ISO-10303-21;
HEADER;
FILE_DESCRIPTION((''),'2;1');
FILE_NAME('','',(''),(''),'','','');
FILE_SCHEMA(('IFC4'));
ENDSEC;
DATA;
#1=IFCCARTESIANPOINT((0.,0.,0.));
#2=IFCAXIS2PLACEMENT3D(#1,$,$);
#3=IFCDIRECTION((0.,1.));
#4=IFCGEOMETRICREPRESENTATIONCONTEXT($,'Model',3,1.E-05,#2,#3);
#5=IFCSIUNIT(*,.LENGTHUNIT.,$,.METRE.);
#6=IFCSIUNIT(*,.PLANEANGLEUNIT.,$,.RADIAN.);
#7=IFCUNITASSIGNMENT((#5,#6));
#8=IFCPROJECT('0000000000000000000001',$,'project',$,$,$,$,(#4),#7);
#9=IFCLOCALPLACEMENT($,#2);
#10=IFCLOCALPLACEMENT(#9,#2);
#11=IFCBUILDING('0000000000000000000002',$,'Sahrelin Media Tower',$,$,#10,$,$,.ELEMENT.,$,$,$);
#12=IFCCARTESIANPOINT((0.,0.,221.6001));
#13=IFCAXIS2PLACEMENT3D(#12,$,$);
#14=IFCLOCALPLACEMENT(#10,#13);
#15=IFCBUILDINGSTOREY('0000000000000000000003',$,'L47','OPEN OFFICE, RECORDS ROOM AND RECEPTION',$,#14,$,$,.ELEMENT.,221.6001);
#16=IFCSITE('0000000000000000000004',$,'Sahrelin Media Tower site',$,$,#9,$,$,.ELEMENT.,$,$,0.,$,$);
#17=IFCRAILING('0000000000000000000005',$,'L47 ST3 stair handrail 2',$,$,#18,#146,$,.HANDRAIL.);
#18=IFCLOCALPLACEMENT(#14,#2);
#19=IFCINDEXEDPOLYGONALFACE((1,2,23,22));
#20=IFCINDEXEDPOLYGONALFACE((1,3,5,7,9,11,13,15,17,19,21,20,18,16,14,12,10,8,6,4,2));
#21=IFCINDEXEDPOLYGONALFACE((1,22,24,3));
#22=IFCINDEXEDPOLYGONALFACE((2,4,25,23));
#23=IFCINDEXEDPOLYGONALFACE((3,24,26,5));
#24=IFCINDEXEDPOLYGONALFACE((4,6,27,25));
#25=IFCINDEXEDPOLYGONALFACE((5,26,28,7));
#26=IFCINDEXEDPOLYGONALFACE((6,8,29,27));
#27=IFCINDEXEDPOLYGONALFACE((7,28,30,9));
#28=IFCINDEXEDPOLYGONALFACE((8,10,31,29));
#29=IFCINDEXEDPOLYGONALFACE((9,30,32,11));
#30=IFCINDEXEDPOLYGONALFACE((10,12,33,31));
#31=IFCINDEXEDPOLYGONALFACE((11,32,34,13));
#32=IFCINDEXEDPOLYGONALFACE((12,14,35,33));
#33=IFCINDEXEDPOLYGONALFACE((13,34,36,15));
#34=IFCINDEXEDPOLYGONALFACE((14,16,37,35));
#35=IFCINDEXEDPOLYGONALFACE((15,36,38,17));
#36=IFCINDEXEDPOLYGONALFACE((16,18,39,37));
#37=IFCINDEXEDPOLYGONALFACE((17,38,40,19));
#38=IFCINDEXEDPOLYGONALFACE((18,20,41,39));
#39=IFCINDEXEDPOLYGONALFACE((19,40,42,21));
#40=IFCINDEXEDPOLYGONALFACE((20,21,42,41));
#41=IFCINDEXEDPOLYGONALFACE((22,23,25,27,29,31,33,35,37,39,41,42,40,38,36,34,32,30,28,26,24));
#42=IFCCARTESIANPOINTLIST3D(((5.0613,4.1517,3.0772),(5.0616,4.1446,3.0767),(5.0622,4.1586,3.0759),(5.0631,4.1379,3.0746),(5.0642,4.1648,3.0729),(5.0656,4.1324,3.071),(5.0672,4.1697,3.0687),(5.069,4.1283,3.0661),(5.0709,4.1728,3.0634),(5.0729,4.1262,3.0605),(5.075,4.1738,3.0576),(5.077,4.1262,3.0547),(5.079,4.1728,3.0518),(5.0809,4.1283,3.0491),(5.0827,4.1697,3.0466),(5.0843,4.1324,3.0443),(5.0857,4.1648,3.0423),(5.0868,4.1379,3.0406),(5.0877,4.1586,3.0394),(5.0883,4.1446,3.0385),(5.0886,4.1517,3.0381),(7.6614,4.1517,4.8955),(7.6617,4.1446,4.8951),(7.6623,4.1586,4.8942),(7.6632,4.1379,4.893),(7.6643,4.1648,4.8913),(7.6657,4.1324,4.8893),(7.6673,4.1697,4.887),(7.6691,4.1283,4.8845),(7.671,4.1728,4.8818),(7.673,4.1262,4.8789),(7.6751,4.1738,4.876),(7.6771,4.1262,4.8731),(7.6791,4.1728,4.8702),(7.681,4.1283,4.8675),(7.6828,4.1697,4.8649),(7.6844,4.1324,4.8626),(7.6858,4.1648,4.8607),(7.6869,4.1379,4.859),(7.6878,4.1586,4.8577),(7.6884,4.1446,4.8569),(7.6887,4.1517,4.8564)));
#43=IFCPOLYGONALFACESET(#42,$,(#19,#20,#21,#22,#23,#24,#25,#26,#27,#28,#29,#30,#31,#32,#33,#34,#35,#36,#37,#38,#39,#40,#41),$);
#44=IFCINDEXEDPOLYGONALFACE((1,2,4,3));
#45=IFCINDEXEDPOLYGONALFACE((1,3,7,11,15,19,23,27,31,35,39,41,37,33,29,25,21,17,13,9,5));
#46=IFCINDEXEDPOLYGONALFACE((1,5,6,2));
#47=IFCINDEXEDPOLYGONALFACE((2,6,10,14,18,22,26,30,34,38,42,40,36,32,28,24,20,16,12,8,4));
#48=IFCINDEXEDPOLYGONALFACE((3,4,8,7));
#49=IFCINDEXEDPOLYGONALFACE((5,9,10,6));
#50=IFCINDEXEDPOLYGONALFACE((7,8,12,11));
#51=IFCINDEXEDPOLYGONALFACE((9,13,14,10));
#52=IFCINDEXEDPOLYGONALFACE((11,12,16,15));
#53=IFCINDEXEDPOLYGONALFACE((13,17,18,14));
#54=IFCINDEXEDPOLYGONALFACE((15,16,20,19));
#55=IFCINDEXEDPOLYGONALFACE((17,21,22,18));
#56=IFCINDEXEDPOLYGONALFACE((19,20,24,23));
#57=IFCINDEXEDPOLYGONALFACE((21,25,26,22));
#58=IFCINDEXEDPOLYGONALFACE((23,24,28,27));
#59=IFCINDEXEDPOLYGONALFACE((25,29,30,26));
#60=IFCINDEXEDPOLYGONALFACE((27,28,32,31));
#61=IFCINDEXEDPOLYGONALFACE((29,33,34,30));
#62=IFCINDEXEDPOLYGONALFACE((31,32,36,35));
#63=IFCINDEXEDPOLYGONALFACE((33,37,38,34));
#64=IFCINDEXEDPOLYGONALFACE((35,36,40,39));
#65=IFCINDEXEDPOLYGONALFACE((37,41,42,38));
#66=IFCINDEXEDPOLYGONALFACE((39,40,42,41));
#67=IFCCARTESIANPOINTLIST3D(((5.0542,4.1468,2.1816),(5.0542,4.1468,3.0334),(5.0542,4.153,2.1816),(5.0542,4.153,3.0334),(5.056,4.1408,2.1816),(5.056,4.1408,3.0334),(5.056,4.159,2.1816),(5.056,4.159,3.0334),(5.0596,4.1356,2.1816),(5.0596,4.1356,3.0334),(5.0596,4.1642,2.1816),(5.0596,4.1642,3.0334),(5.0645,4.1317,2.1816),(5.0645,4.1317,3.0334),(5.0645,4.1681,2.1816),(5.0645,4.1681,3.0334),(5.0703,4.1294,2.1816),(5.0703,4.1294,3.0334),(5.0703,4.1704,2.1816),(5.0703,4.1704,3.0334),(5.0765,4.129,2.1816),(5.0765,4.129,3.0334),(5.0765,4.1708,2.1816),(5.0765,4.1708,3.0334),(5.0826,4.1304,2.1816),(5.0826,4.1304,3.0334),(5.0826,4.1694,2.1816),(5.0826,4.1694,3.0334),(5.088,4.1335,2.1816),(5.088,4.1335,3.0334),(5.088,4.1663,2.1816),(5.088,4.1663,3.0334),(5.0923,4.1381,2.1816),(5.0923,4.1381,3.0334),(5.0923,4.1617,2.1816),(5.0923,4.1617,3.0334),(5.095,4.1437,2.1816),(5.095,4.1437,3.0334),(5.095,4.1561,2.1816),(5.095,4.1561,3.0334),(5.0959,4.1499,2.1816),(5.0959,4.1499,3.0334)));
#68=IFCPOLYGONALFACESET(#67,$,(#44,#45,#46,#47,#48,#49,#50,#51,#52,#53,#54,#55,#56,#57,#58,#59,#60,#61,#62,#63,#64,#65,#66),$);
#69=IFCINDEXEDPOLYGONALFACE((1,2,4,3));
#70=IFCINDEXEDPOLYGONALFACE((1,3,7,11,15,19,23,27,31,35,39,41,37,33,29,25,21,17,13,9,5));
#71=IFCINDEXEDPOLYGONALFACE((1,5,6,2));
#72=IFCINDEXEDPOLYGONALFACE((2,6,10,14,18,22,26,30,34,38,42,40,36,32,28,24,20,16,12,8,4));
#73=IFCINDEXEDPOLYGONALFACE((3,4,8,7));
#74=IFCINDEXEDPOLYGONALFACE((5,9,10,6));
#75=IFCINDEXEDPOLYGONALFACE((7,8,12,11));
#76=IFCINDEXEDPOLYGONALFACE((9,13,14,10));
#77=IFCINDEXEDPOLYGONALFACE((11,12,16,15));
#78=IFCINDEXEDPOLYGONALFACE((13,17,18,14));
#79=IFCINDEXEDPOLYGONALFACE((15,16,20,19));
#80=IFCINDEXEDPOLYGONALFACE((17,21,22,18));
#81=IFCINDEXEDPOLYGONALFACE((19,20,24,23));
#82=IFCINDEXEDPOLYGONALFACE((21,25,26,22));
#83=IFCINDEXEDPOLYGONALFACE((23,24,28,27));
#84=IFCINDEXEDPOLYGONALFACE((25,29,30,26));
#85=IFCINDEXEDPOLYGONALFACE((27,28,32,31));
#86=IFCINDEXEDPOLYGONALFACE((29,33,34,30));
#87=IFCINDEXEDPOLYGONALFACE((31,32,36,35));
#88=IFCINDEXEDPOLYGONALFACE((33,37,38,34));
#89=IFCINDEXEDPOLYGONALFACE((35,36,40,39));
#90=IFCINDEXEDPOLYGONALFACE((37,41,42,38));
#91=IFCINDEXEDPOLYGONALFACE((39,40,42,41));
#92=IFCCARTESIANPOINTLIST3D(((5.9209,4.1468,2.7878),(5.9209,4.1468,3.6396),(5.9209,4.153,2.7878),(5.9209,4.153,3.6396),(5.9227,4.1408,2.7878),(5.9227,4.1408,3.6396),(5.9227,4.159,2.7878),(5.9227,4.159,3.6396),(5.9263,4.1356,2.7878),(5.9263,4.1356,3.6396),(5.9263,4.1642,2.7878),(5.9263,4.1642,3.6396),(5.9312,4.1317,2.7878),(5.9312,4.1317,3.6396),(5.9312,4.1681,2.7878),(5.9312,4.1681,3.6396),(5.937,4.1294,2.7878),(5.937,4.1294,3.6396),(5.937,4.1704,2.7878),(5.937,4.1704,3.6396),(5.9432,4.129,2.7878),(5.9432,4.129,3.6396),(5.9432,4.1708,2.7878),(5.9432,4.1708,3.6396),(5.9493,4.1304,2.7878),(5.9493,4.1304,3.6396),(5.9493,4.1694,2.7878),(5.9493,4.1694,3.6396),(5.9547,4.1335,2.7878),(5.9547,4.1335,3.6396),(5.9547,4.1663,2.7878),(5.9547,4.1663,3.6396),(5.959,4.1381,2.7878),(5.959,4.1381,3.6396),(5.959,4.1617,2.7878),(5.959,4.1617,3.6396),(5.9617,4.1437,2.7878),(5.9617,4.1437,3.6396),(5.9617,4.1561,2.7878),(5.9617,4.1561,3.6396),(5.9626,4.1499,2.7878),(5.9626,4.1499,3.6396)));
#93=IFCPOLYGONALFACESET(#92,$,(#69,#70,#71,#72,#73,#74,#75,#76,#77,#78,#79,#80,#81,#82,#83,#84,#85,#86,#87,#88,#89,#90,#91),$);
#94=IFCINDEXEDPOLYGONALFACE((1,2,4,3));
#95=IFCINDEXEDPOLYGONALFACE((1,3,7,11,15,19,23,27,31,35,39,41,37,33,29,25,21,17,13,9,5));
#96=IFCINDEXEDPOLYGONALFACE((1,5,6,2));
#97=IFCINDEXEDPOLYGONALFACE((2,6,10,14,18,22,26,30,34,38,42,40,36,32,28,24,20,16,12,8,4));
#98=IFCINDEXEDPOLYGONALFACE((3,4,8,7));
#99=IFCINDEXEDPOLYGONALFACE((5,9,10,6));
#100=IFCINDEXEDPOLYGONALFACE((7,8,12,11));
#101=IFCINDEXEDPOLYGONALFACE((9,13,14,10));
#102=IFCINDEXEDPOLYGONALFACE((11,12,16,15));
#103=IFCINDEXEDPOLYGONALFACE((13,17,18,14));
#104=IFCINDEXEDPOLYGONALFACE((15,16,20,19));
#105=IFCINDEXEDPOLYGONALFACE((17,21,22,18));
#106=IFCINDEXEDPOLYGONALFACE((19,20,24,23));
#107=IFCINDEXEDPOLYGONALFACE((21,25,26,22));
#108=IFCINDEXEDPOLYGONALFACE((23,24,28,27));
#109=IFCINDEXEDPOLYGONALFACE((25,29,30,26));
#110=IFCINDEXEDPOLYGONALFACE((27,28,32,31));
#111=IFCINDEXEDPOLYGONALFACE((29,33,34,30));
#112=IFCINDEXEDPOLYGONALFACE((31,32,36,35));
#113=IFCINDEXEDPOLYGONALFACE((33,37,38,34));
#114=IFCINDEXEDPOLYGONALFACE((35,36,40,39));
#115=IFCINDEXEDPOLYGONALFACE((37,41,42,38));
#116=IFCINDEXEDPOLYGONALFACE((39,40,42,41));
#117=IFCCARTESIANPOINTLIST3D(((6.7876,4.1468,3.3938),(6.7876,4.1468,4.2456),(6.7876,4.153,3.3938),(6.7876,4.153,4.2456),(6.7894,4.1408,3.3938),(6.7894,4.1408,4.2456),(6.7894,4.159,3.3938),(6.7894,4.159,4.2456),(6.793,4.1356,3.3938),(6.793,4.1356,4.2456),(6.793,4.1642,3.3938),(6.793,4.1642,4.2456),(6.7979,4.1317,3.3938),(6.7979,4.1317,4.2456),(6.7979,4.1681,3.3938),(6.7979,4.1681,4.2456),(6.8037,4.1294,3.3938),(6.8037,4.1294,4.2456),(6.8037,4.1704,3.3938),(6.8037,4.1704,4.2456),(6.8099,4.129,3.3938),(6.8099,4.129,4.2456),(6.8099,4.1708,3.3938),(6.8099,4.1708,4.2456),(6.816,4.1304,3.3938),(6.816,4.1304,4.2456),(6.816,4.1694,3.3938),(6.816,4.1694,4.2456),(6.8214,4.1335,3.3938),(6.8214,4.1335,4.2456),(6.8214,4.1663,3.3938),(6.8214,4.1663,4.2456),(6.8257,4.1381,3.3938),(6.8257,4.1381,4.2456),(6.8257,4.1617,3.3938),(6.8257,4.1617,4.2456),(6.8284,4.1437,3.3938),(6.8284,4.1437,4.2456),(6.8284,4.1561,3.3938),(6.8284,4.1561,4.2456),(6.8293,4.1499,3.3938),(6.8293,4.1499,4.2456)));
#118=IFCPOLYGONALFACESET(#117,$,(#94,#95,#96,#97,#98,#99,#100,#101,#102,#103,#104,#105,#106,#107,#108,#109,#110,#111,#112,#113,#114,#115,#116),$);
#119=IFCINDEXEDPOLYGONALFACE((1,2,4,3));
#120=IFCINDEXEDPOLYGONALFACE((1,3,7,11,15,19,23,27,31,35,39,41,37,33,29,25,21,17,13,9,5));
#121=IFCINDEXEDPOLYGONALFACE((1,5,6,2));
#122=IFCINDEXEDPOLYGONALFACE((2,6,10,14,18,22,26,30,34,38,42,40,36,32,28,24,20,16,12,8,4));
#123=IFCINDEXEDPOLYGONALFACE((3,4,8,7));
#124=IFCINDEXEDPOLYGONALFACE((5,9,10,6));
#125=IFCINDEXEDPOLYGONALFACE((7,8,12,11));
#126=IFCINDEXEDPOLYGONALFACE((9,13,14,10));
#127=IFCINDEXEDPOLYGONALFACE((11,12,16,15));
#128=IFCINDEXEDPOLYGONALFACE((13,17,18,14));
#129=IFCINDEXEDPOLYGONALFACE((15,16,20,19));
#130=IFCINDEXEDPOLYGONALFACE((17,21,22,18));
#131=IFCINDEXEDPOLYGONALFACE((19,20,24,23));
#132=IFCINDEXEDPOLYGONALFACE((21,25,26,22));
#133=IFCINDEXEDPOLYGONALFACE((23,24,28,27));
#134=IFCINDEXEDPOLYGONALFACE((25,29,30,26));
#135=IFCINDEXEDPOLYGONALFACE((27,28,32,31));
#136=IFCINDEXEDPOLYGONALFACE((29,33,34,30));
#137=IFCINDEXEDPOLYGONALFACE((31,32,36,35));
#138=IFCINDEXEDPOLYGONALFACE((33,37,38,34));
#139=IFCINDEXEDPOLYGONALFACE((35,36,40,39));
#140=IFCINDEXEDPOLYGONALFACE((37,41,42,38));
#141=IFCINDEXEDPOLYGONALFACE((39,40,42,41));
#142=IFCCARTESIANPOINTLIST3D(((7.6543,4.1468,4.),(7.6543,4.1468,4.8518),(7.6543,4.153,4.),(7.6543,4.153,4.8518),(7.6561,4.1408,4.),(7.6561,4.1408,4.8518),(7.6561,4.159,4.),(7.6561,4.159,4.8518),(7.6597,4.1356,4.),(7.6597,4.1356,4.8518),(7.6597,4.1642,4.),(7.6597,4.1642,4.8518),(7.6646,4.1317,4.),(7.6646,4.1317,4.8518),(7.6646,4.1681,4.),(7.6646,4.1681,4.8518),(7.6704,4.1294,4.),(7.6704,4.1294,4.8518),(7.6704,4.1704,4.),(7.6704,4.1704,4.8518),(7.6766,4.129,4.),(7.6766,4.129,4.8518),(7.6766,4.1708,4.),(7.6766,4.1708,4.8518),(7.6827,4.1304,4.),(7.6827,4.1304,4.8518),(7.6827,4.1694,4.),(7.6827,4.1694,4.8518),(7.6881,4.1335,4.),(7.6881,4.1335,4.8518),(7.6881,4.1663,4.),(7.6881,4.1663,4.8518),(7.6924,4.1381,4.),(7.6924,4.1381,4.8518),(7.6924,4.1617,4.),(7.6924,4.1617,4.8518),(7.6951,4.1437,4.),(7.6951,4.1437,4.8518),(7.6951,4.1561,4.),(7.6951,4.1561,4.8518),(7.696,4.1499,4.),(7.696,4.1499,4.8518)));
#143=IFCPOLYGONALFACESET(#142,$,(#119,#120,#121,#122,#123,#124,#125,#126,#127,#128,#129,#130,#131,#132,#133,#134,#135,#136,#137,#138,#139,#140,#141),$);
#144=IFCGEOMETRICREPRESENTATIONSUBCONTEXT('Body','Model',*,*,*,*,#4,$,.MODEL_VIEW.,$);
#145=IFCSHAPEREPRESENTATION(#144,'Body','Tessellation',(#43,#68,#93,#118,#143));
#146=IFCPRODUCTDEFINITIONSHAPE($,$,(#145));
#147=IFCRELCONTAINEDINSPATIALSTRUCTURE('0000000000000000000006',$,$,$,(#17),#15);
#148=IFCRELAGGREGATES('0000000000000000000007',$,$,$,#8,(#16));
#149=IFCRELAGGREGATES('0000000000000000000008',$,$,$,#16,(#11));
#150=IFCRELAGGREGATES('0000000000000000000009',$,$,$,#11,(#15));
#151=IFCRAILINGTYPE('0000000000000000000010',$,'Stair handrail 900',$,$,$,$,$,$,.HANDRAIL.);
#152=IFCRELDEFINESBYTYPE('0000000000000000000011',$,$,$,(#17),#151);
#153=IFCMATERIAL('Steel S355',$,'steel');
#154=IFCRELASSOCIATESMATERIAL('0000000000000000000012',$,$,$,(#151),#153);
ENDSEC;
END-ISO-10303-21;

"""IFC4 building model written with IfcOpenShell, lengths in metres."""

from ifc_helpers import new_model, si_unit, direction, frame, origin, origin_2d, place, context, subcontext, project, spatial, circle, extrude, material, type_object, element, save


model = new_model("IFC4")

# Units and contexts
model_context = context("Model", 3, precision=1e-05, world=origin(), true_north=direction((0.0, 1.0)))
body_context = subcontext(model_context, "Body", "Model", "MODEL_VIEW")
ifc_project = project(units=[si_unit("LENGTHUNIT", "METRE"), si_unit("PLANEANGLEUNIT", "RADIAN")], contexts=[model_context])

# Site, building, storey
site_placement = place(None, origin())
site = spatial("IfcSite", under=ifc_project, at=site_placement, Name="Sahrelin Media Tower site", CompositionType="ELEMENT", RefElevation=0.0)
building_placement = place(site_placement, origin())
building = spatial("IfcBuilding", under=site, at=building_placement, Name="Sahrelin Media Tower", CompositionType="ELEMENT")
storey_placement = place(building_placement, frame((0.0, 0.0, 221.6001)))
storey = spatial("IfcBuildingStorey", under=building, at=storey_placement, Name="L47", Description="OPEN OFFICE, RECORDS ROOM AND RECEPTION", CompositionType="ELEMENT", Elevation=221.6001)

# Shared definitions
ifc_material_1 = material(Name="Steel S355", Category="steel")

# Railing
railing_type_1 = type_object("IfcRailingType", Name="Stair handrail 900", PredefinedType="HANDRAIL", material=ifc_material_1)
railing_1_placement = place(storey_placement, frame((5.075, 4.1499, 2.1816)))
element("IfcRailing", 1, at=railing_1_placement, inside=storey, type_object=railing_type_1, Name="L47 ST3 stair handrail 2", PredefinedType="HANDRAIL", context=body_context, shape_type="SweptSolid", body=[
    extrude(circle(Radius=0.0239, at=origin_2d()), frame((0.0, 0.0, 0.876), z_axis=(0.819485, 0.0, 0.573101), x_axis=(0.0, 1.0, 0.0)), (0.0, 0.0, 1.0), 3.1729),
    extrude(circle(Radius=0.021, at=origin_2d()), origin(), (0.0, 0.0, 1.0), 0.8518),
    extrude(circle(Radius=0.021, at=origin_2d()), frame((0.8667, 0.0, 0.6062)), (0.0, 0.0, 1.0), 0.8518),
    extrude(circle(Radius=0.021, at=origin_2d()), frame((1.7334, 0.0, 1.2122)), (0.0, 0.0, 1.0), 0.8518),
    extrude(circle(Radius=0.021, at=origin_2d()), frame((2.6001, 0.0, 1.8184)), (0.0, 0.0, 1.0), 0.8518),
])

save(model, "model.ifc")
